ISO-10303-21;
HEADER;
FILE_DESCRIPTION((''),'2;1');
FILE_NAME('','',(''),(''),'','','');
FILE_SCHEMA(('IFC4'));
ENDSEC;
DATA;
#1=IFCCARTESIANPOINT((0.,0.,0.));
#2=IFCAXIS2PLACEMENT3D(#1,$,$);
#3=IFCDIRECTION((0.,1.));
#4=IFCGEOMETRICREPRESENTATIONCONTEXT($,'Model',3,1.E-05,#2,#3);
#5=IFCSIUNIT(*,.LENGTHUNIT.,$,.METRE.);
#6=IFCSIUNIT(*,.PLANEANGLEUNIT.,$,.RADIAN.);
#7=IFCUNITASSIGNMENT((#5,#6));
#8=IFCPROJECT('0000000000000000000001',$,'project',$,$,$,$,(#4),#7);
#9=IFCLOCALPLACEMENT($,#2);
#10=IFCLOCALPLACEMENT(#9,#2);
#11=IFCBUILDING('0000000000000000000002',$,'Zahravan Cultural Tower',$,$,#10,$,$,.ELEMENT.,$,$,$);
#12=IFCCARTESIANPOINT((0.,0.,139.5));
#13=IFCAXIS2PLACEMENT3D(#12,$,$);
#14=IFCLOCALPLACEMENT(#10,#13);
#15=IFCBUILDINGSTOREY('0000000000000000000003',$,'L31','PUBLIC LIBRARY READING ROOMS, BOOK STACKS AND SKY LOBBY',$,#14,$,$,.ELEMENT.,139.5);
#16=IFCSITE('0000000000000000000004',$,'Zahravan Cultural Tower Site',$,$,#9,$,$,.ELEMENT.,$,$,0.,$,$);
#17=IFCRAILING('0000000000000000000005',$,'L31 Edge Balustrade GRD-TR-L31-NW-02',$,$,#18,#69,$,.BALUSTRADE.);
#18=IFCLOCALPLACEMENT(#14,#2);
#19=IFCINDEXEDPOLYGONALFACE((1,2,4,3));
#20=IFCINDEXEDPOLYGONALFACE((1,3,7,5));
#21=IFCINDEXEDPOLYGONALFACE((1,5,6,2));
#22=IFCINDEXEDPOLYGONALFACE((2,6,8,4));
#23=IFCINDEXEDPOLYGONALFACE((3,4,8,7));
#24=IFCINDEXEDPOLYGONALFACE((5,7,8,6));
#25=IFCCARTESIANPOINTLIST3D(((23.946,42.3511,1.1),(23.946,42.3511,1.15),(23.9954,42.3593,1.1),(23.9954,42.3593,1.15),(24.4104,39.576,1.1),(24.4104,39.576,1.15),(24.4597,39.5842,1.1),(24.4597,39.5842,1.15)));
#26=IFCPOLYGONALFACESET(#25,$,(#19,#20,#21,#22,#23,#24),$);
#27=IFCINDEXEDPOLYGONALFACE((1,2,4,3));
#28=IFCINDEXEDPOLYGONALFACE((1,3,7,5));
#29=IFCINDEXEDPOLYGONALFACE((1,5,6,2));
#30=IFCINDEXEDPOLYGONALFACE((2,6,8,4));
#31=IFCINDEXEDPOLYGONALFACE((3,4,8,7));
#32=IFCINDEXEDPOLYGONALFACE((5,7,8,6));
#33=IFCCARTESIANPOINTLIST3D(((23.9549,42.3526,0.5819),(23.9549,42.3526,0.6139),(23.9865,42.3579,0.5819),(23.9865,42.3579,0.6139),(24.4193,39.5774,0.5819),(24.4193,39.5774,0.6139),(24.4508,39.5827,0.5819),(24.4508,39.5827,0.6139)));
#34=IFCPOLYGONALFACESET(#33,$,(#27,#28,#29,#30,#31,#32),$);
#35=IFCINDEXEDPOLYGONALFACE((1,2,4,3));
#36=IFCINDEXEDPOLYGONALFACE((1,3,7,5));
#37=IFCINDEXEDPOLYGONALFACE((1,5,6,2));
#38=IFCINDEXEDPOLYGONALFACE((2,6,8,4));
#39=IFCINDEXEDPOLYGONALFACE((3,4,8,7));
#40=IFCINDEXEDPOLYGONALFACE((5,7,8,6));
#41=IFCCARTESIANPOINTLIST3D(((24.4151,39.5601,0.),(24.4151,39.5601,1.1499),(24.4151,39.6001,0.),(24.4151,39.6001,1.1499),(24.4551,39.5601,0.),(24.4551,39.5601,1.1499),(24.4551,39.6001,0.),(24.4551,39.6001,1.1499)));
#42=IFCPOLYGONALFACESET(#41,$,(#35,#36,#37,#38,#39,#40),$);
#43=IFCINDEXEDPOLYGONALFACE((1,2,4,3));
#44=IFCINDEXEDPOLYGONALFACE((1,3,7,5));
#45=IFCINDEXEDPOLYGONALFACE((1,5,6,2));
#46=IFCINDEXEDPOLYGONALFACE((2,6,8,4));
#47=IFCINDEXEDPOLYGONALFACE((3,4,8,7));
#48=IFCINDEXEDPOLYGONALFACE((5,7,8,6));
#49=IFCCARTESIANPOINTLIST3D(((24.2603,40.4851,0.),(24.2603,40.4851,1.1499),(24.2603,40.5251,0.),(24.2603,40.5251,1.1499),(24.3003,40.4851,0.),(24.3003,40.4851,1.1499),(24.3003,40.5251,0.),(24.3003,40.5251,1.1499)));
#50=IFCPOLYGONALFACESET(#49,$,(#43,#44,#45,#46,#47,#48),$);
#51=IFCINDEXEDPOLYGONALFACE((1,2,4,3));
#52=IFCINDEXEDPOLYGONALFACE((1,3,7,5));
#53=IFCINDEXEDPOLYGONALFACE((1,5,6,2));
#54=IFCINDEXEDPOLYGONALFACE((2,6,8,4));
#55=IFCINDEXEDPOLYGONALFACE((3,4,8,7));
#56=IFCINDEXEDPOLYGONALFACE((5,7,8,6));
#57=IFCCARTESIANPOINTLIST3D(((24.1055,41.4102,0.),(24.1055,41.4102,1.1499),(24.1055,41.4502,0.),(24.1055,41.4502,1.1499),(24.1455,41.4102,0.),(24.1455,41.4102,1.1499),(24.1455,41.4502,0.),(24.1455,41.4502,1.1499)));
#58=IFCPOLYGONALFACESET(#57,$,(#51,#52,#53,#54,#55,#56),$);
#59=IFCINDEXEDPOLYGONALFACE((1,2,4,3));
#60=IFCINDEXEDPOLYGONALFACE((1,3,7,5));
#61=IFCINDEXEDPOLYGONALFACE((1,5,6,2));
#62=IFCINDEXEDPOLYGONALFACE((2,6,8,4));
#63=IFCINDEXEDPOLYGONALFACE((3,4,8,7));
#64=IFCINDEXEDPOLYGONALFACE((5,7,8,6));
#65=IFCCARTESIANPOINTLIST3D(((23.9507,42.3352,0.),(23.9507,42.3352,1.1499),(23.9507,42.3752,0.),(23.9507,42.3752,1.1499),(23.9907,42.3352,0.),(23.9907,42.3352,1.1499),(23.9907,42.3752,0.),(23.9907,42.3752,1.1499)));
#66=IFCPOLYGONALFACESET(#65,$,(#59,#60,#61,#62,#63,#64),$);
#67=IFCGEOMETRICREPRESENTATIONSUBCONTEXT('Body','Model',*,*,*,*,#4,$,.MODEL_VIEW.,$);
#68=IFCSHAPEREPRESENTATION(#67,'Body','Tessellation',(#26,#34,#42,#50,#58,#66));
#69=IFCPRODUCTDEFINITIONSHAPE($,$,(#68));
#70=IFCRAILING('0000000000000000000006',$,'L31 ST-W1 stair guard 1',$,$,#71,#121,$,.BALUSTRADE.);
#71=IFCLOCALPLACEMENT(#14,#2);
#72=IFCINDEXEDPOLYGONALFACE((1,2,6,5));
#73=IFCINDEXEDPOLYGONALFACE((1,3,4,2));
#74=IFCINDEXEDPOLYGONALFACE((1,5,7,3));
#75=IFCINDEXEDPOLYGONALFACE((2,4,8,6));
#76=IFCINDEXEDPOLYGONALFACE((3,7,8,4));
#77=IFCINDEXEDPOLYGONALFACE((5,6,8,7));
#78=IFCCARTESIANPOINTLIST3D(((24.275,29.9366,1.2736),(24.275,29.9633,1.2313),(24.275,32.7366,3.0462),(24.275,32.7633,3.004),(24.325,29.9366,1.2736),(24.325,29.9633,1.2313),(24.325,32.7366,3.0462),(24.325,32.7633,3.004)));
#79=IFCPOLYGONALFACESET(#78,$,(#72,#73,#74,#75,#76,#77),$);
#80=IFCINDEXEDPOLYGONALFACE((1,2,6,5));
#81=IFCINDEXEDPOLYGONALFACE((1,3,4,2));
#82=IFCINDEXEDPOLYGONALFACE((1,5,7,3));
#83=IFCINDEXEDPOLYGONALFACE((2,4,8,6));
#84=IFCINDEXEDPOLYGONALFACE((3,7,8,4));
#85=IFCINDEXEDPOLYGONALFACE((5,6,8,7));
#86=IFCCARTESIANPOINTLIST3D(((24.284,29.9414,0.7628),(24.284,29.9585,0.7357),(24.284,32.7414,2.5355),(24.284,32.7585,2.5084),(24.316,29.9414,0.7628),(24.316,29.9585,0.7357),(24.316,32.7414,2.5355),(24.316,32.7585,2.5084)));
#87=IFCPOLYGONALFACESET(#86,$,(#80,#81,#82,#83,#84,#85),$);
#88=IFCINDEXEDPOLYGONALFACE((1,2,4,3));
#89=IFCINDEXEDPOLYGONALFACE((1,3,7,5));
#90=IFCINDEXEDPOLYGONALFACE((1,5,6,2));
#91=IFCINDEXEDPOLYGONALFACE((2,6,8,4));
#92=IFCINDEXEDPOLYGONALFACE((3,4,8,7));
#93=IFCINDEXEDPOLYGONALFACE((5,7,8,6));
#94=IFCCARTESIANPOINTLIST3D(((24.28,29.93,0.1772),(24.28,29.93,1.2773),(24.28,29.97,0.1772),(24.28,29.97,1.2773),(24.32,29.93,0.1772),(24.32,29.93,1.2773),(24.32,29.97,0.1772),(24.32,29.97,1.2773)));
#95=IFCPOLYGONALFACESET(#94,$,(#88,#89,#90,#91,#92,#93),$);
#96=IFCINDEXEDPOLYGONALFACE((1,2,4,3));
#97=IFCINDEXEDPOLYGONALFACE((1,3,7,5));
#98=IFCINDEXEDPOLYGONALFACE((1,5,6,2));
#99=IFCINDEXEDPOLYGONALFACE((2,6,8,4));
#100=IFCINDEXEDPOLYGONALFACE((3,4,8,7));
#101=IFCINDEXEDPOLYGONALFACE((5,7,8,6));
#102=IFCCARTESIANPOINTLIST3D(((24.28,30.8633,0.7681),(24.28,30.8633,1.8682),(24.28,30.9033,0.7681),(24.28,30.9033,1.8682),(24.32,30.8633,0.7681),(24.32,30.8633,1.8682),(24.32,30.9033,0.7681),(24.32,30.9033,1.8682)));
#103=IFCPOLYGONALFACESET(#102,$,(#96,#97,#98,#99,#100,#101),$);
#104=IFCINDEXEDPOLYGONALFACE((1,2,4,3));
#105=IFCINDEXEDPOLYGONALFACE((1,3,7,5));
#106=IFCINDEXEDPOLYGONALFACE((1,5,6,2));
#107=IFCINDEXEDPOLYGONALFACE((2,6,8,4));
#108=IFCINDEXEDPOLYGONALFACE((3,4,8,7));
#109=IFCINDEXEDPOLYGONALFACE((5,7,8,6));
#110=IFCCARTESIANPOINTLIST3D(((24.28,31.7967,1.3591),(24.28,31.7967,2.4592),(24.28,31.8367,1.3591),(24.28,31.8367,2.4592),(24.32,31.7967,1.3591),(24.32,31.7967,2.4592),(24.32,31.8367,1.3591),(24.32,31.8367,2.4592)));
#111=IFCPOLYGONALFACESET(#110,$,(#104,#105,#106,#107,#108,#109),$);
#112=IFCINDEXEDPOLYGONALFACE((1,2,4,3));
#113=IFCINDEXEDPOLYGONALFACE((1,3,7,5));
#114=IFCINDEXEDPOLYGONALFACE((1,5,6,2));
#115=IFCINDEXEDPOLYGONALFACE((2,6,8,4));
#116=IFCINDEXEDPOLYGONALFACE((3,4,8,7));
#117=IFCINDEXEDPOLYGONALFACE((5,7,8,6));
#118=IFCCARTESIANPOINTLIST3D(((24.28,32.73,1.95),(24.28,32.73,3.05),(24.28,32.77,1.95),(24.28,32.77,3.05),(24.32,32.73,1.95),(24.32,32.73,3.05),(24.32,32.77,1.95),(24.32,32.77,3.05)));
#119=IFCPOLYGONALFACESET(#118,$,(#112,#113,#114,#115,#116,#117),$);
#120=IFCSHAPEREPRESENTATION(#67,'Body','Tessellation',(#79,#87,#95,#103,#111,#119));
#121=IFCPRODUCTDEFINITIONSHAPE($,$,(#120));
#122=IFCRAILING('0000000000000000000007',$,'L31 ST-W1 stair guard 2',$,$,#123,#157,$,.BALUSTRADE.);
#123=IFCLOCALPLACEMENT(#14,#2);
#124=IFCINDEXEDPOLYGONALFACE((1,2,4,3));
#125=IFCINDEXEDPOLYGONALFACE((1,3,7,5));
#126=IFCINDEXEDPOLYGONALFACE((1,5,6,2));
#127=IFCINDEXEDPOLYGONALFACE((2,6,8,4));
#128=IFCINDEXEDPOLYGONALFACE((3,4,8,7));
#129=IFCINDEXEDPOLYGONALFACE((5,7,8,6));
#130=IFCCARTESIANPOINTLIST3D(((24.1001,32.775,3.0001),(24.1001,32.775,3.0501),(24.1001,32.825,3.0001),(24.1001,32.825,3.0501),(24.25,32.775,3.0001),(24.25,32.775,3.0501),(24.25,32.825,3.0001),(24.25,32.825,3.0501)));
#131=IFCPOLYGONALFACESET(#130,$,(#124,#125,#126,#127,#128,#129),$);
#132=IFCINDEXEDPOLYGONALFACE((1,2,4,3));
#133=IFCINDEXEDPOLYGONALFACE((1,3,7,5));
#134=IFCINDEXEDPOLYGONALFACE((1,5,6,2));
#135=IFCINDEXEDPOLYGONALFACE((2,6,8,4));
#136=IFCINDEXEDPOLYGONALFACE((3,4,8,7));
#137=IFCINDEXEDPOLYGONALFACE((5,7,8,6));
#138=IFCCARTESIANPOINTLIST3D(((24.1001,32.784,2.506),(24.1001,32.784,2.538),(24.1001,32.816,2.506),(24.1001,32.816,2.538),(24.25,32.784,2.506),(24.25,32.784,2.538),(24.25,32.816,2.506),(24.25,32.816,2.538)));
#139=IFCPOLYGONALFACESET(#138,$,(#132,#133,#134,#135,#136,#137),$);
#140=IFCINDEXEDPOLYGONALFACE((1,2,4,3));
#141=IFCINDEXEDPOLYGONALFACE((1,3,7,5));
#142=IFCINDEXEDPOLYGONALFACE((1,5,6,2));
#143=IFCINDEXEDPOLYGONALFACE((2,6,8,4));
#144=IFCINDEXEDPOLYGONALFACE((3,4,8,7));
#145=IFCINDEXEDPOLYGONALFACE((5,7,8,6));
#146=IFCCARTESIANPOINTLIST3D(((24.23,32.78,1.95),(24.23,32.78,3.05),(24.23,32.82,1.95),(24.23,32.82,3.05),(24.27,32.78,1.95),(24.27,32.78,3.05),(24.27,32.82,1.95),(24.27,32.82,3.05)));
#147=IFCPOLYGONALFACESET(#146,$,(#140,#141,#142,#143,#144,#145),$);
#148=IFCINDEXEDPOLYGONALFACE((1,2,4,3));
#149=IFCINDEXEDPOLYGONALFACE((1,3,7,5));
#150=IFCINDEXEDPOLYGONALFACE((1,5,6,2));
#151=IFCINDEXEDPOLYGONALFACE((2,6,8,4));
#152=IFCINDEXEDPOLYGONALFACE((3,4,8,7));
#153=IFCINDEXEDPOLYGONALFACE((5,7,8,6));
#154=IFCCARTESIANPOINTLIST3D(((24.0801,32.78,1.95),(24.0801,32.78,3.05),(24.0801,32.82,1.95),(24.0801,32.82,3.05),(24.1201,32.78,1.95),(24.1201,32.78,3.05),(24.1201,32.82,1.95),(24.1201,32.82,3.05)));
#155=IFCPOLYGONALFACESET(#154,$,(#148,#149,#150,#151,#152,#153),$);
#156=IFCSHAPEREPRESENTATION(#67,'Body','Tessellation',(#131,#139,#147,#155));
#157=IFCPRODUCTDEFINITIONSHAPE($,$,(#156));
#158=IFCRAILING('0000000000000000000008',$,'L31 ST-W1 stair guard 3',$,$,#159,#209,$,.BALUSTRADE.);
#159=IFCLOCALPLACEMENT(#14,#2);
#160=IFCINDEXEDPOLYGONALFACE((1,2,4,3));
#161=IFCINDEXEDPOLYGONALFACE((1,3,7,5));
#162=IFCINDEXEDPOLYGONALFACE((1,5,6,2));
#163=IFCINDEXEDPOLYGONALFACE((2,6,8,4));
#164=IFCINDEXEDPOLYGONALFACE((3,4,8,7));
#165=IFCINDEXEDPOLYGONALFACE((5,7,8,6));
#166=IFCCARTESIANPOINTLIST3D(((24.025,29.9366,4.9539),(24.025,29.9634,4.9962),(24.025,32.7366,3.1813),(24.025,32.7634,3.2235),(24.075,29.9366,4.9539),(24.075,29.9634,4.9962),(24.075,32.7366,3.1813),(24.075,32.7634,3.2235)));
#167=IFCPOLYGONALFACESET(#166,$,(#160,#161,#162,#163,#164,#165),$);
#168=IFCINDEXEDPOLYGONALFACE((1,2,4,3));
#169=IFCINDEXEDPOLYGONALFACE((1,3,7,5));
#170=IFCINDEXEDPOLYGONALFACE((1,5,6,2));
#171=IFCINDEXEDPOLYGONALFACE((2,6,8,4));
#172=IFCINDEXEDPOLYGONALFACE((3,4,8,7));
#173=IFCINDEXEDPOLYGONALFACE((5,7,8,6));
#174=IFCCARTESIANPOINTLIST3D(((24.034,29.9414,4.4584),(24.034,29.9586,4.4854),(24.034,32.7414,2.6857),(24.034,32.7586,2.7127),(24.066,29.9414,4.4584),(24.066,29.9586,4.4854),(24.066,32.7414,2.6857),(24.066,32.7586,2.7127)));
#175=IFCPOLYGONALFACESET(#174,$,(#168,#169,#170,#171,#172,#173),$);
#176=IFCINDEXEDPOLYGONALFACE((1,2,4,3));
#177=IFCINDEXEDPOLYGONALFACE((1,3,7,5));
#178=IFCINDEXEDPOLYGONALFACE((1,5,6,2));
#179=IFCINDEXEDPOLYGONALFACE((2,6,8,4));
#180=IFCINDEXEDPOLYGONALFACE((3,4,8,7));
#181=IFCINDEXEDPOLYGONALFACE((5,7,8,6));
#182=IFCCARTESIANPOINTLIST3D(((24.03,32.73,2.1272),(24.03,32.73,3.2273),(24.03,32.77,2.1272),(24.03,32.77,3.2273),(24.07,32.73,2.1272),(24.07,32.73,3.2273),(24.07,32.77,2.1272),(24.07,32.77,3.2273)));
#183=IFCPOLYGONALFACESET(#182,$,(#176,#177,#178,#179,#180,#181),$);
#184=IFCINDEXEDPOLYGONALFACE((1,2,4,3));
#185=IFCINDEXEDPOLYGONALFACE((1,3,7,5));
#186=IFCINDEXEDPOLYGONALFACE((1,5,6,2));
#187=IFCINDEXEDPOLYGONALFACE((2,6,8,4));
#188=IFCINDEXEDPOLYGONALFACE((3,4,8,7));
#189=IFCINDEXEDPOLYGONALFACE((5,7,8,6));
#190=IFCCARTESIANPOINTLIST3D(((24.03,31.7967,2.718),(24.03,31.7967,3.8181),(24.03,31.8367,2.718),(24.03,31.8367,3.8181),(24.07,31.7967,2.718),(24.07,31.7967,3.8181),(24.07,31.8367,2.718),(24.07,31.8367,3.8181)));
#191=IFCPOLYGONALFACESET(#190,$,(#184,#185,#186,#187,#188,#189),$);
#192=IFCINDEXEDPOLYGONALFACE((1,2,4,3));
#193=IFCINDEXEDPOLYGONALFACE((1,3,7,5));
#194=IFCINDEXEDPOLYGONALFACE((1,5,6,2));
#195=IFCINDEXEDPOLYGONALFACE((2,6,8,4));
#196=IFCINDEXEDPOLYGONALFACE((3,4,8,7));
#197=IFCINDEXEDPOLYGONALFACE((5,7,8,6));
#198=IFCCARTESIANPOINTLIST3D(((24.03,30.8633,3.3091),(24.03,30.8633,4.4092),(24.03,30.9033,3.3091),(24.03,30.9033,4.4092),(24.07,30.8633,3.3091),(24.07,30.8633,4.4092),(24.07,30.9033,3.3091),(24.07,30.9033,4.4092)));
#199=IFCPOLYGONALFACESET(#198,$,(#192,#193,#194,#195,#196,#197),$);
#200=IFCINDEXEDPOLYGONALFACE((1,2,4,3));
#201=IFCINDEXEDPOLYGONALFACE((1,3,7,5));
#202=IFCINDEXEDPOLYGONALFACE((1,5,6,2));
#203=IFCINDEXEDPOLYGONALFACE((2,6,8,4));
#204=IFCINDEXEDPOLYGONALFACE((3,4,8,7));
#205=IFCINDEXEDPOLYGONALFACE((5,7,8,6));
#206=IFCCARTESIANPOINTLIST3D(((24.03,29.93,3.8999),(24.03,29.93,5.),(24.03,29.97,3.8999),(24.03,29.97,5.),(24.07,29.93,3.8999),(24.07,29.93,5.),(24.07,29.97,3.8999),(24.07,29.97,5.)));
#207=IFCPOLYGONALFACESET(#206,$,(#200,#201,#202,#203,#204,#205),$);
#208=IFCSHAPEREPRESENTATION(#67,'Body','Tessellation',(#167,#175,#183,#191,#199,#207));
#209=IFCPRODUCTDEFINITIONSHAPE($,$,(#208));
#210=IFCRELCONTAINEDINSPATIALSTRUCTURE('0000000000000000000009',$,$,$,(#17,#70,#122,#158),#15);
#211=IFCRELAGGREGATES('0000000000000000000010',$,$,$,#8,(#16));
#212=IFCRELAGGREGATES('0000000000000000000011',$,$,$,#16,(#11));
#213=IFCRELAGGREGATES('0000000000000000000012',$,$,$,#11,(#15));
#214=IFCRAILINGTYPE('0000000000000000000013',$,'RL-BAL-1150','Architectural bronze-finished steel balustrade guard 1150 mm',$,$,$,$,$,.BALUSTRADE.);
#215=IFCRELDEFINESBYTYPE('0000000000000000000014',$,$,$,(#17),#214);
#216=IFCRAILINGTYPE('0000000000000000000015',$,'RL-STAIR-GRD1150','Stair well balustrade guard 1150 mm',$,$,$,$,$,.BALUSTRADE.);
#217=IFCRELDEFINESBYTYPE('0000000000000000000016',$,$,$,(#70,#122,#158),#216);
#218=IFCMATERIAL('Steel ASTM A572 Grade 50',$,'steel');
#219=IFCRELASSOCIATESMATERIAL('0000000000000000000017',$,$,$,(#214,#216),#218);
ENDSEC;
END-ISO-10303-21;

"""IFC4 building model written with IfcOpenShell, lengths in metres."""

from ifc_helpers import new_model, si_unit, direction, frame, origin, origin_2d, place, context, subcontext, project, spatial, rectangle, extrude, material, type_object, element, save


model = new_model("IFC4")

# Units and contexts
model_context = context("Model", 3, precision=1e-05, world=origin(), true_north=direction((0.0, 1.0)))
body_context = subcontext(model_context, "Body", "Model", "MODEL_VIEW")
ifc_project = project(units=[si_unit("LENGTHUNIT", "METRE"), si_unit("PLANEANGLEUNIT", "RADIAN")], contexts=[model_context])

# Site, building, storey
site_placement = place(None, origin())
site = spatial("IfcSite", under=ifc_project, at=site_placement, Name="Zahravan Cultural Tower Site", CompositionType="ELEMENT", RefElevation=0.0)
building_placement = place(site_placement, origin())
building = spatial("IfcBuilding", under=site, at=building_placement, Name="Zahravan Cultural Tower", CompositionType="ELEMENT")
storey_placement = place(building_placement, frame((0.0, 0.0, 139.5)))
storey = spatial("IfcBuildingStorey", under=building, at=storey_placement, Name="L31", Description="PUBLIC LIBRARY READING ROOMS, BOOK STACKS AND SKY LOBBY", CompositionType="ELEMENT", Elevation=139.5)

# Railings
ifc_material_1 = material(Name="Steel ASTM A572 Grade 50", Category="steel")
railing_type_1 = type_object("IfcRailingType", Name="RL-BAL-1150", Description="Architectural bronze-finished steel balustrade guard 1150 mm", PredefinedType="BALUSTRADE", material=ifc_material_1)
railing_1_placement = place(storey_placement, frame((24.4351, 39.5801, 0.0)))
element("IfcRailing", 1, at=railing_1_placement, inside=storey, type_object=railing_type_1, Name="L31 Edge Balustrade GRD-TR-L31-NW-02", PredefinedType="BALUSTRADE", context=body_context, shape_type="SweptSolid", body=[
    extrude(rectangle(XDim=0.05, YDim=0.05, at=origin_2d()), frame((0.0, 0.0, 1.125), z_axis=(-0.165032, 0.986288, 0.0), x_axis=(-0.986288, -0.165032, 0.0)), (0.0, 0.0, 1.0), 2.8137),
    extrude(rectangle(XDim=0.032, YDim=0.032, at=origin_2d()), frame((0.0, 0.0, 0.5979), z_axis=(-0.165032, 0.986288, 0.0), x_axis=(-0.986288, -0.165032, 0.0)), (0.0, 0.0, 1.0), 2.8137),
    extrude(rectangle(XDim=0.04, YDim=0.04, at=origin_2d()), origin(), (0.0, 0.0, 1.0), 1.1499),
    extrude(rectangle(XDim=0.04, YDim=0.04, at=origin_2d()), frame((-0.1548, 0.925, 0.0)), (0.0, 0.0, 1.0), 1.1499),
    extrude(rectangle(XDim=0.04, YDim=0.04, at=origin_2d()), frame((-0.3096, 1.8501, 0.0)), (0.0, 0.0, 1.0), 1.1499),
    extrude(rectangle(XDim=0.04, YDim=0.04, at=origin_2d()), frame((-0.4644, 2.7751, 0.0)), (0.0, 0.0, 1.0), 1.1499),
])
railing_type_2 = type_object("IfcRailingType", Name="RL-STAIR-GRD1150", Description="Stair well balustrade guard 1150 mm", PredefinedType="BALUSTRADE", material=ifc_material_1)
railing_2_placement = place(storey_placement, frame((24.3, 29.95, 0.1772)))
element("IfcRailing", 2, at=railing_2_placement, inside=storey, type_object=railing_type_2, Name="L31 ST-W1 stair guard 1", PredefinedType="BALUSTRADE", context=body_context, shape_type="SweptSolid", body=[
    extrude(rectangle(XDim=0.05, YDim=0.05, at=origin_2d()), frame((0.0, 0.0, 1.0752), z_axis=(0.0, 0.844909, 0.53491), x_axis=(-1.0, 0.0, 0.0)), (0.0, 0.0, 1.0), 3.314),
    extrude(rectangle(XDim=0.032, YDim=0.032, at=origin_2d()), frame((0.0, 0.0, 0.572), z_axis=(0.0, 0.844909, 0.53491), x_axis=(-1.0, 0.0, 0.0)), (0.0, 0.0, 1.0), 3.314),
    extrude(rectangle(XDim=0.04, YDim=0.04, at=origin_2d()), origin(), (0.0, 0.0, 1.0), 1.1001),
    extrude(rectangle(XDim=0.04, YDim=0.04, at=origin_2d()), frame((0.0, 0.9333, 0.5908)), (0.0, 0.0, 1.0), 1.1001),
    extrude(rectangle(XDim=0.04, YDim=0.04, at=origin_2d()), frame((0.0, 1.8667, 1.1819)), (0.0, 0.0, 1.0), 1.1001),
    extrude(rectangle(XDim=0.04, YDim=0.04, at=origin_2d()), frame((0.0, 2.8, 1.7727)), (0.0, 0.0, 1.0), 1.1001),
])
railing_3_placement = place(storey_placement, frame((24.25, 32.8, 1.95)))
element("IfcRailing", 3, at=railing_3_placement, inside=storey, type_object=railing_type_2, Name="L31 ST-W1 stair guard 2", PredefinedType="BALUSTRADE", context=body_context, shape_type="SweptSolid", body=[
    extrude(rectangle(XDim=0.05, YDim=0.05, at=origin_2d()), frame((0.0, 0.0, 1.0752), z_axis=(-1.0, 0.0, 0.0), x_axis=(0.0, -1.0, 0.0)), (0.0, 0.0, 1.0), 0.1499),
    extrude(rectangle(XDim=0.032, YDim=0.032, at=origin_2d()), frame((0.0, 0.0, 0.572), z_axis=(-1.0, 0.0, 0.0), x_axis=(0.0, -1.0, 0.0)), (0.0, 0.0, 1.0), 0.1499),
    extrude(rectangle(XDim=0.04, YDim=0.04, at=origin_2d()), origin(), (0.0, 0.0, 1.0), 1.1001),
    extrude(rectangle(XDim=0.04, YDim=0.04, at=origin_2d()), frame((-0.1499, 0.0, 0.0)), (0.0, 0.0, 1.0), 1.1001),
])
railing_4_placement = place(storey_placement, frame((24.05, 32.75, 2.1272)))
element("IfcRailing", 4, at=railing_4_placement, inside=storey, type_object=railing_type_2, Name="L31 ST-W1 stair guard 3", PredefinedType="BALUSTRADE", context=body_context, shape_type="SweptSolid", body=[
    extrude(rectangle(XDim=0.05, YDim=0.05, at=origin_2d()), frame((0.0, 0.0, 1.0752), z_axis=(0.0, -0.844909, 0.53491), x_axis=(1.0, 0.0, 0.0)), (0.0, 0.0, 1.0), 3.314),
    extrude(rectangle(XDim=0.032, YDim=0.032, at=origin_2d()), frame((0.0, 0.0, 0.572), z_axis=(0.0, -0.844909, 0.53491), x_axis=(1.0, 0.0, 0.0)), (0.0, 0.0, 1.0), 3.314),
    extrude(rectangle(XDim=0.04, YDim=0.04, at=origin_2d()), origin(), (0.0, 0.0, 1.0), 1.1001),
    extrude(rectangle(XDim=0.04, YDim=0.04, at=origin_2d()), frame((0.0, -0.9333, 0.5908)), (0.0, 0.0, 1.0), 1.1001),
    extrude(rectangle(XDim=0.04, YDim=0.04, at=origin_2d()), frame((0.0, -1.8667, 1.1819)), (0.0, 0.0, 1.0), 1.1001),
    extrude(rectangle(XDim=0.04, YDim=0.04, at=origin_2d()), frame((0.0, -2.8, 1.7727)), (0.0, 0.0, 1.0), 1.1001),
])

save(model, "model.ifc")
